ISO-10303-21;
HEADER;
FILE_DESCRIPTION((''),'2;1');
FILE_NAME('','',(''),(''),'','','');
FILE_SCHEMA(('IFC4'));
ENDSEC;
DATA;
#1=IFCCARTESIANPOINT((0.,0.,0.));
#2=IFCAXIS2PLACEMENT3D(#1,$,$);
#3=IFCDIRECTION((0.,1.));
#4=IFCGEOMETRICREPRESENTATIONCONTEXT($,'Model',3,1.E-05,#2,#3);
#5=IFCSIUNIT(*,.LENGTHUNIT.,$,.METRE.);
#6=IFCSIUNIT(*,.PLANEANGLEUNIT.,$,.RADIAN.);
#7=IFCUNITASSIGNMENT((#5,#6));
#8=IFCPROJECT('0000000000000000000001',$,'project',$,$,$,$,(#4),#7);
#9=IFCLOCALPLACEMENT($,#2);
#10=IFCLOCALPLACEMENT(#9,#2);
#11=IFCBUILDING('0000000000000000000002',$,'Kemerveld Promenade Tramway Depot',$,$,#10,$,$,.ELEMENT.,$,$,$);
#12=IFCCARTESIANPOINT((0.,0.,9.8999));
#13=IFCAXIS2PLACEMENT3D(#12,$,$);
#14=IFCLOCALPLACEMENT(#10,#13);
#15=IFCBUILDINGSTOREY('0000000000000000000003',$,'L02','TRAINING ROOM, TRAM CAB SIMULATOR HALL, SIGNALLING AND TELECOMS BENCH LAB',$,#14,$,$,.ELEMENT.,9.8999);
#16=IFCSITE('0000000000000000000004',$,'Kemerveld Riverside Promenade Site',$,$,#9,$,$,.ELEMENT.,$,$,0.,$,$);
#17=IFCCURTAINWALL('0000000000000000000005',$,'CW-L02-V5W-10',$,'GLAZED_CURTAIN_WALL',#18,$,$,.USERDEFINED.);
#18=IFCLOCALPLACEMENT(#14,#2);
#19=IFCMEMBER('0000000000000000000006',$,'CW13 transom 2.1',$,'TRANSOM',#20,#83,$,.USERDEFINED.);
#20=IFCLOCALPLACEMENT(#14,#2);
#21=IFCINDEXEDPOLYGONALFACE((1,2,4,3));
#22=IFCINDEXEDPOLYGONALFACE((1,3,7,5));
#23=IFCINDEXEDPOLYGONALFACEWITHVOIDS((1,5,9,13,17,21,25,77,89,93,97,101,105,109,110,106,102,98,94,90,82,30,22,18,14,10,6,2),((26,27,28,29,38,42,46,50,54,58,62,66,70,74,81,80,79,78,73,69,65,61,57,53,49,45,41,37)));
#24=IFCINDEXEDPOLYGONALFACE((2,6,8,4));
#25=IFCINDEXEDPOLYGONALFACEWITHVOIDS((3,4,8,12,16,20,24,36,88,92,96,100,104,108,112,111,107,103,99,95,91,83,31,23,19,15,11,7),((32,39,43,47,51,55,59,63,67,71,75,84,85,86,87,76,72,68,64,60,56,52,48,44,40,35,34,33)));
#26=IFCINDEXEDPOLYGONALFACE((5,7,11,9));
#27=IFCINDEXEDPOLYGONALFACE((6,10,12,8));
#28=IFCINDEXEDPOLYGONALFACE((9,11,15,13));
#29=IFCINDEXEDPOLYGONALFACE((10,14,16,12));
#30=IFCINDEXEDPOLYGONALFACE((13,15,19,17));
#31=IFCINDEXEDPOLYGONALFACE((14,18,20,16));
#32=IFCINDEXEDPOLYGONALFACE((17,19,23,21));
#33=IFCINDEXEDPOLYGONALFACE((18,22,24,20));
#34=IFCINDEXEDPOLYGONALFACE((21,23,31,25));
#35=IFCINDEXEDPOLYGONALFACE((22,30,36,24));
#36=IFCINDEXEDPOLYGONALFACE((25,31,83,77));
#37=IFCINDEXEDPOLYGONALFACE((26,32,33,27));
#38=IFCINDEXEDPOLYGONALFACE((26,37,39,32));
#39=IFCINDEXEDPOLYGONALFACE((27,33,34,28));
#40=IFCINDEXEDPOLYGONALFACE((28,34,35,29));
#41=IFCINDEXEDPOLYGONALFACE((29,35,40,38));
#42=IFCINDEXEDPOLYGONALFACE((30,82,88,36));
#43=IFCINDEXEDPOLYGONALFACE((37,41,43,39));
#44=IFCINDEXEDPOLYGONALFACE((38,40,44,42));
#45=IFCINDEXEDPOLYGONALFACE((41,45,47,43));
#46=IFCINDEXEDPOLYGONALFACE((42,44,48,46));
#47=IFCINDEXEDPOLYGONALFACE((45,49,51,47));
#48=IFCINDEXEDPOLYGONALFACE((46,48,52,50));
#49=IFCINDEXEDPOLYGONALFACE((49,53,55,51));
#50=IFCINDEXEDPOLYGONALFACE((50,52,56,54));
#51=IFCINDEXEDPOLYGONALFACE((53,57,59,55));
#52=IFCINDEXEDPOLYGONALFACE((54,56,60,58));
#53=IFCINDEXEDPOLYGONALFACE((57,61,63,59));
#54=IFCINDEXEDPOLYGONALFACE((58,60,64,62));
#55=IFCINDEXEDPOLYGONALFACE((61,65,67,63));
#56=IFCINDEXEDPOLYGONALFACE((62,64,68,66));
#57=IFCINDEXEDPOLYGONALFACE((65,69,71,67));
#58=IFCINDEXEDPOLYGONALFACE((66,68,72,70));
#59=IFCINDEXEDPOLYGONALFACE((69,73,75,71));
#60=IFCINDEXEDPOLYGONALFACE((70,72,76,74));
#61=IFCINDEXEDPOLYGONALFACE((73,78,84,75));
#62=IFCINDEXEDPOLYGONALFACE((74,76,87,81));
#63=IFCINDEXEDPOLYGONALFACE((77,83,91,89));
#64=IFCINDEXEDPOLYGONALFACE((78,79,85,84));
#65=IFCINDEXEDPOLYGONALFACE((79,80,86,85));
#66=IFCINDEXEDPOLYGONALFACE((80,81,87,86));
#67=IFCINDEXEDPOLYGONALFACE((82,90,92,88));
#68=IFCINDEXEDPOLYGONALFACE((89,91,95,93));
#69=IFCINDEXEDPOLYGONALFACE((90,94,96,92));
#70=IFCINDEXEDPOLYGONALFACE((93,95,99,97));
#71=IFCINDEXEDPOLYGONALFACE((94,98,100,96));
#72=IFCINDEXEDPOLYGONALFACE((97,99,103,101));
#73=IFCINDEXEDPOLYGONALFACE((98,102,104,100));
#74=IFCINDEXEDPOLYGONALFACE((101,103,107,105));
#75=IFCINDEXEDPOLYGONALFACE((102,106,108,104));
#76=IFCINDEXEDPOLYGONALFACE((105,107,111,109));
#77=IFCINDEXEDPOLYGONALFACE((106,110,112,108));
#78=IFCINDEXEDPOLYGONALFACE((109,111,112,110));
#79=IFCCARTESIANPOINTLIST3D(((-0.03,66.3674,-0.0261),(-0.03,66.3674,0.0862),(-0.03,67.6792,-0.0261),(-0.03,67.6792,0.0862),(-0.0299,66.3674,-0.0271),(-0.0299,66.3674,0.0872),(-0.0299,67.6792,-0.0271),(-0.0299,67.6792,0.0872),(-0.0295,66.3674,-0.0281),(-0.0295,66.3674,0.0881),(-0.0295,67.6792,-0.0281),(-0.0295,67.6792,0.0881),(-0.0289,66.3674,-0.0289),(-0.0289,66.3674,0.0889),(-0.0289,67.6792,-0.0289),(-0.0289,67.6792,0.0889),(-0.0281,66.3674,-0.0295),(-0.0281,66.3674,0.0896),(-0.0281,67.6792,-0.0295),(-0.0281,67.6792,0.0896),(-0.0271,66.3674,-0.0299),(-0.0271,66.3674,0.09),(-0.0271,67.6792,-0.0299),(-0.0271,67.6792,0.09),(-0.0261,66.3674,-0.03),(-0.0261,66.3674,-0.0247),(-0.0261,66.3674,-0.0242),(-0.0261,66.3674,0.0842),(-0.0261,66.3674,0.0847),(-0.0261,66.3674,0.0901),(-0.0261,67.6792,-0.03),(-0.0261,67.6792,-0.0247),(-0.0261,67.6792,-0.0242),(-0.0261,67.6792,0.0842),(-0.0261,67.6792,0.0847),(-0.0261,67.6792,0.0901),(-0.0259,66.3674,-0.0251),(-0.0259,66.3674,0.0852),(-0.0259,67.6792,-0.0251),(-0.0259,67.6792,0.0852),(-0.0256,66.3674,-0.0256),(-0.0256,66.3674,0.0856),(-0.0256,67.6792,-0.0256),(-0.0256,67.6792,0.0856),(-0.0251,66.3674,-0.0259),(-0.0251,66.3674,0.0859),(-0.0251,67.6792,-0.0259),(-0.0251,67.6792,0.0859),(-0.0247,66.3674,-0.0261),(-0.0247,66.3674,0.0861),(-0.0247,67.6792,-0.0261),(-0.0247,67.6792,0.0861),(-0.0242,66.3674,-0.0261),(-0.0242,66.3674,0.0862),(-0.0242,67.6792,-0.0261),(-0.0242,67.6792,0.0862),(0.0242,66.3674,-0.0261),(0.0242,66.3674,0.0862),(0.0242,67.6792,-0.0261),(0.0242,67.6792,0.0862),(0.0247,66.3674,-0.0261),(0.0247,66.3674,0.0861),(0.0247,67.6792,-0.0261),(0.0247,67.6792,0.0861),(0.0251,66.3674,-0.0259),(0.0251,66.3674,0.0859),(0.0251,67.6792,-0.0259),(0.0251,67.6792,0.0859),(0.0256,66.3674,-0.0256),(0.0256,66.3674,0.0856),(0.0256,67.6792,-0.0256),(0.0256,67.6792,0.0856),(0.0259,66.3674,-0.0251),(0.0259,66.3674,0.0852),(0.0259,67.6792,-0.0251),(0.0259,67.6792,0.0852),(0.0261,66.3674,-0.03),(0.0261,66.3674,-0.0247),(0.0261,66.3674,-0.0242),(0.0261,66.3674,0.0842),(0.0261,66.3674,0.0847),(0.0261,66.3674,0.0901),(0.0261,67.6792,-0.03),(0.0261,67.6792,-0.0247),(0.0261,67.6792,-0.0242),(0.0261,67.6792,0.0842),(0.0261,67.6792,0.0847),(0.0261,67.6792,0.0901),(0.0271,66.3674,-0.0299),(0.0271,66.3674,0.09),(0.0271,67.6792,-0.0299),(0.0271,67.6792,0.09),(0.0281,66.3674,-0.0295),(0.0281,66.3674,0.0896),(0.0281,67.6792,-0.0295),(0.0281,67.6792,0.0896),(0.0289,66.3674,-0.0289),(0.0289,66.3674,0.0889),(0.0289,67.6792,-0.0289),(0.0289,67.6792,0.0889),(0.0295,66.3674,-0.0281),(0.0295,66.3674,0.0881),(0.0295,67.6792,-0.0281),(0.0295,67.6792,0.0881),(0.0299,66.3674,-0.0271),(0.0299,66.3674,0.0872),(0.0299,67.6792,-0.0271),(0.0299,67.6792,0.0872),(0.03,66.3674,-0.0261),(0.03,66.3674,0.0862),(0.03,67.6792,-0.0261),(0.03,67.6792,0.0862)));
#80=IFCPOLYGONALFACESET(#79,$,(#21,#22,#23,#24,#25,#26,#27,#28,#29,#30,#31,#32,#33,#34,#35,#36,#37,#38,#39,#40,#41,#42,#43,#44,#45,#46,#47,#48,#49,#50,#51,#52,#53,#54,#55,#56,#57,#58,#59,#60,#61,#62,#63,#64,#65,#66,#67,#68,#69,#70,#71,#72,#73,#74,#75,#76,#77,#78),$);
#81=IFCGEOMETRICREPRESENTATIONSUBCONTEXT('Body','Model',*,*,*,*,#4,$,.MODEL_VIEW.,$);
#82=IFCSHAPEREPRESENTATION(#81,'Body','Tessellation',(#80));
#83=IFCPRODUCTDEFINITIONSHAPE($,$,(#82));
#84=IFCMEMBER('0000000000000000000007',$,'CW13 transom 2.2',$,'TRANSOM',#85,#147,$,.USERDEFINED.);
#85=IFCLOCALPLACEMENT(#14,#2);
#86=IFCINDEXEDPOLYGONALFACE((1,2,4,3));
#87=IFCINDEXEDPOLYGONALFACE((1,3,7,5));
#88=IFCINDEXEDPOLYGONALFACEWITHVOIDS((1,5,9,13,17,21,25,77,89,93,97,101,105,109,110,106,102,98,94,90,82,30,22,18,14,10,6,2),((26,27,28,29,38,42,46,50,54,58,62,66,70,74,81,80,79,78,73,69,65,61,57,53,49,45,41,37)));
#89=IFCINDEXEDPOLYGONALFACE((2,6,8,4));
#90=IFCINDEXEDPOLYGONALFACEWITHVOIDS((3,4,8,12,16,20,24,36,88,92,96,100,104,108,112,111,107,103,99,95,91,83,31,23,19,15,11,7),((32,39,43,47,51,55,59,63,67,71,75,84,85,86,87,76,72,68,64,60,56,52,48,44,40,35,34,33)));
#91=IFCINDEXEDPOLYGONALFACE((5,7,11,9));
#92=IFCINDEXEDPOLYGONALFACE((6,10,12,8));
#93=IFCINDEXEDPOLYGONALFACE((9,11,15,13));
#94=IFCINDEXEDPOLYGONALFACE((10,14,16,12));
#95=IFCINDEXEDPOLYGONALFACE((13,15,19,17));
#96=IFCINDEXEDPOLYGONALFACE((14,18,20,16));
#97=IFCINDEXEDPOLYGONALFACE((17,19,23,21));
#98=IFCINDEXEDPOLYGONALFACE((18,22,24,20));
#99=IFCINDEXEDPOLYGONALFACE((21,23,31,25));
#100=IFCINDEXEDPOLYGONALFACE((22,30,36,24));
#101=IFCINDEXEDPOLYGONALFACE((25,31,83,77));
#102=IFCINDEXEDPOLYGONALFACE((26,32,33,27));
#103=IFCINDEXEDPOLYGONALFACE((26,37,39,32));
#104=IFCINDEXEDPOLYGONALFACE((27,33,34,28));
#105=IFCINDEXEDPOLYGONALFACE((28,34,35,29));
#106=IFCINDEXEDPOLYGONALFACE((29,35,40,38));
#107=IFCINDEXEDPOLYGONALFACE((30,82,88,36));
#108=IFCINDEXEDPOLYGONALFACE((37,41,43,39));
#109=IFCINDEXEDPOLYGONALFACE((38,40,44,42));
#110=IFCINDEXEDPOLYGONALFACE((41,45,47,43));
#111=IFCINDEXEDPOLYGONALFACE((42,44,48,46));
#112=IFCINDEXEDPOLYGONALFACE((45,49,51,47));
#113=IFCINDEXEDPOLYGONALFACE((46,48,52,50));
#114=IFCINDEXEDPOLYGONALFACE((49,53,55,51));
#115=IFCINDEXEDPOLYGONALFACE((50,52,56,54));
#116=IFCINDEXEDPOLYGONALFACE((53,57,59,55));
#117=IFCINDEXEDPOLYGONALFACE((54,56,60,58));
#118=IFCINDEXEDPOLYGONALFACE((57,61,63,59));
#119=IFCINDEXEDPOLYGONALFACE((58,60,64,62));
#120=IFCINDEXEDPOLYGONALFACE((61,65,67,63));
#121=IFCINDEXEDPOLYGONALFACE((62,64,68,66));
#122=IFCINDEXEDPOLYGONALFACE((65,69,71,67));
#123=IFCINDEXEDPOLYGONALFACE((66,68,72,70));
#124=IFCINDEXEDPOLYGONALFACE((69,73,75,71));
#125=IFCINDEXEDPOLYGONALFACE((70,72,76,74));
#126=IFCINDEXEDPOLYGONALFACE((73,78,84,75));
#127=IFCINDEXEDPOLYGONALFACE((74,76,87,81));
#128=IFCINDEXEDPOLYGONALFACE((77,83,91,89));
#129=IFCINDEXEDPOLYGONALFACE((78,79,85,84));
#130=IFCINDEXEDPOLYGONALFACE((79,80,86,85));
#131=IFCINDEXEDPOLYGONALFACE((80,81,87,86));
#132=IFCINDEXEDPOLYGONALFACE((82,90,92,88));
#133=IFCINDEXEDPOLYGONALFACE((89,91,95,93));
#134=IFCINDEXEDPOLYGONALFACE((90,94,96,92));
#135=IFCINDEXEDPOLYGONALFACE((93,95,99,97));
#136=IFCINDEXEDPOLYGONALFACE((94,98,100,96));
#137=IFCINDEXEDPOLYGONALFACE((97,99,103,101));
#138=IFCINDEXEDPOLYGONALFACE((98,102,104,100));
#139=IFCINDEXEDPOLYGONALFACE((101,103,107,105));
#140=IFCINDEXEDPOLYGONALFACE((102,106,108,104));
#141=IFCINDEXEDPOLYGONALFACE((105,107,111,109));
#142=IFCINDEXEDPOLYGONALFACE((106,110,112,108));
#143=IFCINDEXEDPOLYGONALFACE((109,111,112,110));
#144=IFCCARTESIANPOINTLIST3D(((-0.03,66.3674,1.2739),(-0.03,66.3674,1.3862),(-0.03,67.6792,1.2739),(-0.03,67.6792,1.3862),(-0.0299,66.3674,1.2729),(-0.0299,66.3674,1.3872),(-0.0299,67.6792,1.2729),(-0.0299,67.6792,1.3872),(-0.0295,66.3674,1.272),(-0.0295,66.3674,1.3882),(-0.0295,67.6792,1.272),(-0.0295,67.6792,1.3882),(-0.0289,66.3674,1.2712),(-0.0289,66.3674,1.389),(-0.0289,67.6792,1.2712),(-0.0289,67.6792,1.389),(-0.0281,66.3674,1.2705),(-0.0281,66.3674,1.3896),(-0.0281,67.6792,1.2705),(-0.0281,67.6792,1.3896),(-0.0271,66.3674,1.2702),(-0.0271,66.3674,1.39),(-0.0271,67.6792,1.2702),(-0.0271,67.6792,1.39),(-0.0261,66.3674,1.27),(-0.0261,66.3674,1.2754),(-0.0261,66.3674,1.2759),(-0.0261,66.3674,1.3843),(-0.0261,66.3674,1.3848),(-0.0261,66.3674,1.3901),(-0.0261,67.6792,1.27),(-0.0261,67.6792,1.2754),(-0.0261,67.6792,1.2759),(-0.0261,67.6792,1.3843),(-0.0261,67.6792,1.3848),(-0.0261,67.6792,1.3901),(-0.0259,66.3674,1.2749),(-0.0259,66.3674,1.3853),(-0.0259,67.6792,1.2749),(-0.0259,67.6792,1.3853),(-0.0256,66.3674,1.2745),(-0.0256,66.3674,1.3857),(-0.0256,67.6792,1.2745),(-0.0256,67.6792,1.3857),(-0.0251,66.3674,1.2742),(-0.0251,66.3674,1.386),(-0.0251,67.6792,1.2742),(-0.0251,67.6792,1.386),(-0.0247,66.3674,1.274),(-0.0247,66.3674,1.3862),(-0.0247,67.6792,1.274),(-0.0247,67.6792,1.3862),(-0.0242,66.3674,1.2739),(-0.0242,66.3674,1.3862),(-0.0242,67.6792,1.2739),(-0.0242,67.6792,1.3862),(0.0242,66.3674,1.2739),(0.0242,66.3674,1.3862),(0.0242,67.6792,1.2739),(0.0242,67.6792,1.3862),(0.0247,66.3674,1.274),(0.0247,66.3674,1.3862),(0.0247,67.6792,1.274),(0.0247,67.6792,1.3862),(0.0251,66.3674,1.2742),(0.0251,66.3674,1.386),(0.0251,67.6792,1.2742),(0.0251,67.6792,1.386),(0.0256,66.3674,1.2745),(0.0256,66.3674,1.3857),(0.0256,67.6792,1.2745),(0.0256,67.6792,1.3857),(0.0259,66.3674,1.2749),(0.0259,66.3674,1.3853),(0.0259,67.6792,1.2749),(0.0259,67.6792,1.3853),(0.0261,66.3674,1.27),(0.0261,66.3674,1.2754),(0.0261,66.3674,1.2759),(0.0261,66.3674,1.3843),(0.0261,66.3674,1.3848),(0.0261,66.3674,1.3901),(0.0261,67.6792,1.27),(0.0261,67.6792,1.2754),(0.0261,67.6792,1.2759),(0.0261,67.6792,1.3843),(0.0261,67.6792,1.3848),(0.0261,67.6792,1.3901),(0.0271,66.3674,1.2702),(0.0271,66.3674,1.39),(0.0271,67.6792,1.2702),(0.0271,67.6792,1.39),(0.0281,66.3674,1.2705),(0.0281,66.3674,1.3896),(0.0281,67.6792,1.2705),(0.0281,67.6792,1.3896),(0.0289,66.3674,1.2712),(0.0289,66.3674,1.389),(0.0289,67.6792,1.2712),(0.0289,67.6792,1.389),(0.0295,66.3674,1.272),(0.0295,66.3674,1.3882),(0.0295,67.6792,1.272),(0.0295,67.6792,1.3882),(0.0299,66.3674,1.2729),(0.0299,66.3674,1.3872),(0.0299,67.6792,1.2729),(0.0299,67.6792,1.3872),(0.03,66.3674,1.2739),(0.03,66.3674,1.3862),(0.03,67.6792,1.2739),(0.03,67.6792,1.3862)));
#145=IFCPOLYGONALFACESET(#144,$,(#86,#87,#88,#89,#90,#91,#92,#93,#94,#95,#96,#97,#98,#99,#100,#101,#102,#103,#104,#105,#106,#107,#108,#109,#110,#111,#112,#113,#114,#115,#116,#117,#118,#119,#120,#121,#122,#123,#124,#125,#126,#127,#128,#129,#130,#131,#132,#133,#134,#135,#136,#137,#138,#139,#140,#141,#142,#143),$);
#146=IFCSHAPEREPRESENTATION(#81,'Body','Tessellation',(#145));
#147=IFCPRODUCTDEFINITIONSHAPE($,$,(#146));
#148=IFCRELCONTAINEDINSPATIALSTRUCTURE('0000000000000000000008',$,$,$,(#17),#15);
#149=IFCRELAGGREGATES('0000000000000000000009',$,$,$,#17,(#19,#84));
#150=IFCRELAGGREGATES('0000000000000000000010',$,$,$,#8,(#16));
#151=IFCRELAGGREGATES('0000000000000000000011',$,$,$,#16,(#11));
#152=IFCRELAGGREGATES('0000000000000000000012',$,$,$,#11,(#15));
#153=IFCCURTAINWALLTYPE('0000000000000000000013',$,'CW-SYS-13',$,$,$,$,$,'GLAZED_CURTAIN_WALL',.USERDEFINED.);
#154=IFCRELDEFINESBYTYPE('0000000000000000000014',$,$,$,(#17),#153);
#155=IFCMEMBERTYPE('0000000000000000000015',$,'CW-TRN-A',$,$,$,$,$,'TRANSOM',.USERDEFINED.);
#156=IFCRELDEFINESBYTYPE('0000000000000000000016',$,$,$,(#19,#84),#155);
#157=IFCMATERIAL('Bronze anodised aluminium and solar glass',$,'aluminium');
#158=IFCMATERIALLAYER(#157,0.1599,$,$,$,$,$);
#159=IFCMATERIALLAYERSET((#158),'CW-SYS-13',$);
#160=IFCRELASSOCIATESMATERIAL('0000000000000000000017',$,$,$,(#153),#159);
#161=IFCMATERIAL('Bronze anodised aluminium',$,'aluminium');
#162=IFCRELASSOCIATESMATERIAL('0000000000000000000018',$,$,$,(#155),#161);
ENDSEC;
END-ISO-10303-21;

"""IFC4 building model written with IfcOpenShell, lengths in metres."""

from ifc_helpers import new_model, si_unit, direction, frame, origin, origin_2d, place, context, subcontext, project, spatial, hollow_rectangle, extrude, material, layer, layer_set, material_profile, profile_set, type_object, element, aggregate, save


model = new_model("IFC4")

# Units and contexts
model_context = context("Model", 3, precision=1e-05, world=origin(), true_north=direction((0.0, 1.0)))
body_context = subcontext(model_context, "Body", "Model", "MODEL_VIEW")
ifc_project = project(units=[si_unit("LENGTHUNIT", "METRE"), si_unit("PLANEANGLEUNIT", "RADIAN")], contexts=[model_context])

# Site, building, storey
site_placement = place(None, origin())
site = spatial("IfcSite", under=ifc_project, at=site_placement, Name="Kemerveld Riverside Promenade Site", CompositionType="ELEMENT", RefElevation=0.0)
building_placement = place(site_placement, origin())
building = spatial("IfcBuilding", under=site, at=building_placement, Name="Kemerveld Promenade Tramway Depot", CompositionType="ELEMENT")
storey_placement = place(building_placement, frame((0.0, 0.0, 9.8999)))
storey = spatial("IfcBuildingStorey", under=building, at=storey_placement, Name="L02", Description="TRAINING ROOM, TRAM CAB SIMULATOR HALL, SIGNALLING AND TELECOMS BENCH LAB", CompositionType="ELEMENT", Elevation=9.8999)

# Curtain wall, members
ifc_material_1 = material(Name="Bronze anodised aluminium and solar glass", Category="aluminium")
ifc_layer_1 = layer(ifc_material_1, 0.1599)
ifc_layer_set_1 = layer_set([ifc_layer_1], Name="CW-SYS-13")
curtain_wall_type = type_object("IfcCurtainWallType", Name="CW-SYS-13", ElementType="GLAZED_CURTAIN_WALL", PredefinedType="USERDEFINED", material=ifc_layer_set_1)
curtain_wall_placement = place(storey_placement, origin())
curtain_wall = element("IfcCurtainWall", 1, at=curtain_wall_placement, inside=storey, type_object=curtain_wall_type, Name="CW-L02-V5W-10", ObjectType="GLAZED_CURTAIN_WALL", PredefinedType="USERDEFINED")
ifc_material_2 = material(Name="Bronze anodised aluminium", Category="aluminium")
ifc_material_profile_1 = material_profile(ifc_material_2, hollow_rectangle(XDim=0.0601, YDim=0.1201, WallThickness=0.0039, InnerFilletRadius=0.002, OuterFilletRadius=0.0039, at=origin_2d()), Name="CW-TRN-120x60")
ifc_profile_set_1 = profile_set([ifc_material_profile_1], Name="Bronze anodised aluminium")
member_type_1 = type_object("IfcMemberType", Name="CW-TRN-A", ElementType="TRANSOM", PredefinedType="USERDEFINED", material=ifc_profile_set_1)
member_1_placement = place(storey_placement, frame((0.0, 66.3674, 0.03), z_axis=(0.0, 1.0, 0.0), x_axis=(-1.0, 0.0, 0.0)))
member_1 = element("IfcMember", 2, at=member_1_placement, type_object=member_type_1, Name="CW13 transom 2.1", ObjectType="TRANSOM", PredefinedType="USERDEFINED", context=body_context, shape_type="SweptSolid", body=[
    extrude(hollow_rectangle(XDim=0.0601, YDim=0.1201, WallThickness=0.0039, InnerFilletRadius=0.002, OuterFilletRadius=0.0039, at=origin_2d()), origin(), (0.0, 0.0, 1.0), 1.3118),
])
member_2_placement = place(storey_placement, frame((0.0, 66.3674, 1.3301), z_axis=(0.0, 1.0, 0.0), x_axis=(-1.0, 0.0, 0.0)))
member_2 = element("IfcMember", 3, at=member_2_placement, type_object=member_type_1, Name="CW13 transom 2.2", ObjectType="TRANSOM", PredefinedType="USERDEFINED", context=body_context, shape_type="SweptSolid", body=[
    extrude(hollow_rectangle(XDim=0.0601, YDim=0.1201, WallThickness=0.0039, InnerFilletRadius=0.002, OuterFilletRadius=0.0039, at=origin_2d()), origin(), (0.0, 0.0, 1.0), 1.3118),
])
aggregate(curtain_wall, [member_1, member_2])

save(model, "model.ifc")
